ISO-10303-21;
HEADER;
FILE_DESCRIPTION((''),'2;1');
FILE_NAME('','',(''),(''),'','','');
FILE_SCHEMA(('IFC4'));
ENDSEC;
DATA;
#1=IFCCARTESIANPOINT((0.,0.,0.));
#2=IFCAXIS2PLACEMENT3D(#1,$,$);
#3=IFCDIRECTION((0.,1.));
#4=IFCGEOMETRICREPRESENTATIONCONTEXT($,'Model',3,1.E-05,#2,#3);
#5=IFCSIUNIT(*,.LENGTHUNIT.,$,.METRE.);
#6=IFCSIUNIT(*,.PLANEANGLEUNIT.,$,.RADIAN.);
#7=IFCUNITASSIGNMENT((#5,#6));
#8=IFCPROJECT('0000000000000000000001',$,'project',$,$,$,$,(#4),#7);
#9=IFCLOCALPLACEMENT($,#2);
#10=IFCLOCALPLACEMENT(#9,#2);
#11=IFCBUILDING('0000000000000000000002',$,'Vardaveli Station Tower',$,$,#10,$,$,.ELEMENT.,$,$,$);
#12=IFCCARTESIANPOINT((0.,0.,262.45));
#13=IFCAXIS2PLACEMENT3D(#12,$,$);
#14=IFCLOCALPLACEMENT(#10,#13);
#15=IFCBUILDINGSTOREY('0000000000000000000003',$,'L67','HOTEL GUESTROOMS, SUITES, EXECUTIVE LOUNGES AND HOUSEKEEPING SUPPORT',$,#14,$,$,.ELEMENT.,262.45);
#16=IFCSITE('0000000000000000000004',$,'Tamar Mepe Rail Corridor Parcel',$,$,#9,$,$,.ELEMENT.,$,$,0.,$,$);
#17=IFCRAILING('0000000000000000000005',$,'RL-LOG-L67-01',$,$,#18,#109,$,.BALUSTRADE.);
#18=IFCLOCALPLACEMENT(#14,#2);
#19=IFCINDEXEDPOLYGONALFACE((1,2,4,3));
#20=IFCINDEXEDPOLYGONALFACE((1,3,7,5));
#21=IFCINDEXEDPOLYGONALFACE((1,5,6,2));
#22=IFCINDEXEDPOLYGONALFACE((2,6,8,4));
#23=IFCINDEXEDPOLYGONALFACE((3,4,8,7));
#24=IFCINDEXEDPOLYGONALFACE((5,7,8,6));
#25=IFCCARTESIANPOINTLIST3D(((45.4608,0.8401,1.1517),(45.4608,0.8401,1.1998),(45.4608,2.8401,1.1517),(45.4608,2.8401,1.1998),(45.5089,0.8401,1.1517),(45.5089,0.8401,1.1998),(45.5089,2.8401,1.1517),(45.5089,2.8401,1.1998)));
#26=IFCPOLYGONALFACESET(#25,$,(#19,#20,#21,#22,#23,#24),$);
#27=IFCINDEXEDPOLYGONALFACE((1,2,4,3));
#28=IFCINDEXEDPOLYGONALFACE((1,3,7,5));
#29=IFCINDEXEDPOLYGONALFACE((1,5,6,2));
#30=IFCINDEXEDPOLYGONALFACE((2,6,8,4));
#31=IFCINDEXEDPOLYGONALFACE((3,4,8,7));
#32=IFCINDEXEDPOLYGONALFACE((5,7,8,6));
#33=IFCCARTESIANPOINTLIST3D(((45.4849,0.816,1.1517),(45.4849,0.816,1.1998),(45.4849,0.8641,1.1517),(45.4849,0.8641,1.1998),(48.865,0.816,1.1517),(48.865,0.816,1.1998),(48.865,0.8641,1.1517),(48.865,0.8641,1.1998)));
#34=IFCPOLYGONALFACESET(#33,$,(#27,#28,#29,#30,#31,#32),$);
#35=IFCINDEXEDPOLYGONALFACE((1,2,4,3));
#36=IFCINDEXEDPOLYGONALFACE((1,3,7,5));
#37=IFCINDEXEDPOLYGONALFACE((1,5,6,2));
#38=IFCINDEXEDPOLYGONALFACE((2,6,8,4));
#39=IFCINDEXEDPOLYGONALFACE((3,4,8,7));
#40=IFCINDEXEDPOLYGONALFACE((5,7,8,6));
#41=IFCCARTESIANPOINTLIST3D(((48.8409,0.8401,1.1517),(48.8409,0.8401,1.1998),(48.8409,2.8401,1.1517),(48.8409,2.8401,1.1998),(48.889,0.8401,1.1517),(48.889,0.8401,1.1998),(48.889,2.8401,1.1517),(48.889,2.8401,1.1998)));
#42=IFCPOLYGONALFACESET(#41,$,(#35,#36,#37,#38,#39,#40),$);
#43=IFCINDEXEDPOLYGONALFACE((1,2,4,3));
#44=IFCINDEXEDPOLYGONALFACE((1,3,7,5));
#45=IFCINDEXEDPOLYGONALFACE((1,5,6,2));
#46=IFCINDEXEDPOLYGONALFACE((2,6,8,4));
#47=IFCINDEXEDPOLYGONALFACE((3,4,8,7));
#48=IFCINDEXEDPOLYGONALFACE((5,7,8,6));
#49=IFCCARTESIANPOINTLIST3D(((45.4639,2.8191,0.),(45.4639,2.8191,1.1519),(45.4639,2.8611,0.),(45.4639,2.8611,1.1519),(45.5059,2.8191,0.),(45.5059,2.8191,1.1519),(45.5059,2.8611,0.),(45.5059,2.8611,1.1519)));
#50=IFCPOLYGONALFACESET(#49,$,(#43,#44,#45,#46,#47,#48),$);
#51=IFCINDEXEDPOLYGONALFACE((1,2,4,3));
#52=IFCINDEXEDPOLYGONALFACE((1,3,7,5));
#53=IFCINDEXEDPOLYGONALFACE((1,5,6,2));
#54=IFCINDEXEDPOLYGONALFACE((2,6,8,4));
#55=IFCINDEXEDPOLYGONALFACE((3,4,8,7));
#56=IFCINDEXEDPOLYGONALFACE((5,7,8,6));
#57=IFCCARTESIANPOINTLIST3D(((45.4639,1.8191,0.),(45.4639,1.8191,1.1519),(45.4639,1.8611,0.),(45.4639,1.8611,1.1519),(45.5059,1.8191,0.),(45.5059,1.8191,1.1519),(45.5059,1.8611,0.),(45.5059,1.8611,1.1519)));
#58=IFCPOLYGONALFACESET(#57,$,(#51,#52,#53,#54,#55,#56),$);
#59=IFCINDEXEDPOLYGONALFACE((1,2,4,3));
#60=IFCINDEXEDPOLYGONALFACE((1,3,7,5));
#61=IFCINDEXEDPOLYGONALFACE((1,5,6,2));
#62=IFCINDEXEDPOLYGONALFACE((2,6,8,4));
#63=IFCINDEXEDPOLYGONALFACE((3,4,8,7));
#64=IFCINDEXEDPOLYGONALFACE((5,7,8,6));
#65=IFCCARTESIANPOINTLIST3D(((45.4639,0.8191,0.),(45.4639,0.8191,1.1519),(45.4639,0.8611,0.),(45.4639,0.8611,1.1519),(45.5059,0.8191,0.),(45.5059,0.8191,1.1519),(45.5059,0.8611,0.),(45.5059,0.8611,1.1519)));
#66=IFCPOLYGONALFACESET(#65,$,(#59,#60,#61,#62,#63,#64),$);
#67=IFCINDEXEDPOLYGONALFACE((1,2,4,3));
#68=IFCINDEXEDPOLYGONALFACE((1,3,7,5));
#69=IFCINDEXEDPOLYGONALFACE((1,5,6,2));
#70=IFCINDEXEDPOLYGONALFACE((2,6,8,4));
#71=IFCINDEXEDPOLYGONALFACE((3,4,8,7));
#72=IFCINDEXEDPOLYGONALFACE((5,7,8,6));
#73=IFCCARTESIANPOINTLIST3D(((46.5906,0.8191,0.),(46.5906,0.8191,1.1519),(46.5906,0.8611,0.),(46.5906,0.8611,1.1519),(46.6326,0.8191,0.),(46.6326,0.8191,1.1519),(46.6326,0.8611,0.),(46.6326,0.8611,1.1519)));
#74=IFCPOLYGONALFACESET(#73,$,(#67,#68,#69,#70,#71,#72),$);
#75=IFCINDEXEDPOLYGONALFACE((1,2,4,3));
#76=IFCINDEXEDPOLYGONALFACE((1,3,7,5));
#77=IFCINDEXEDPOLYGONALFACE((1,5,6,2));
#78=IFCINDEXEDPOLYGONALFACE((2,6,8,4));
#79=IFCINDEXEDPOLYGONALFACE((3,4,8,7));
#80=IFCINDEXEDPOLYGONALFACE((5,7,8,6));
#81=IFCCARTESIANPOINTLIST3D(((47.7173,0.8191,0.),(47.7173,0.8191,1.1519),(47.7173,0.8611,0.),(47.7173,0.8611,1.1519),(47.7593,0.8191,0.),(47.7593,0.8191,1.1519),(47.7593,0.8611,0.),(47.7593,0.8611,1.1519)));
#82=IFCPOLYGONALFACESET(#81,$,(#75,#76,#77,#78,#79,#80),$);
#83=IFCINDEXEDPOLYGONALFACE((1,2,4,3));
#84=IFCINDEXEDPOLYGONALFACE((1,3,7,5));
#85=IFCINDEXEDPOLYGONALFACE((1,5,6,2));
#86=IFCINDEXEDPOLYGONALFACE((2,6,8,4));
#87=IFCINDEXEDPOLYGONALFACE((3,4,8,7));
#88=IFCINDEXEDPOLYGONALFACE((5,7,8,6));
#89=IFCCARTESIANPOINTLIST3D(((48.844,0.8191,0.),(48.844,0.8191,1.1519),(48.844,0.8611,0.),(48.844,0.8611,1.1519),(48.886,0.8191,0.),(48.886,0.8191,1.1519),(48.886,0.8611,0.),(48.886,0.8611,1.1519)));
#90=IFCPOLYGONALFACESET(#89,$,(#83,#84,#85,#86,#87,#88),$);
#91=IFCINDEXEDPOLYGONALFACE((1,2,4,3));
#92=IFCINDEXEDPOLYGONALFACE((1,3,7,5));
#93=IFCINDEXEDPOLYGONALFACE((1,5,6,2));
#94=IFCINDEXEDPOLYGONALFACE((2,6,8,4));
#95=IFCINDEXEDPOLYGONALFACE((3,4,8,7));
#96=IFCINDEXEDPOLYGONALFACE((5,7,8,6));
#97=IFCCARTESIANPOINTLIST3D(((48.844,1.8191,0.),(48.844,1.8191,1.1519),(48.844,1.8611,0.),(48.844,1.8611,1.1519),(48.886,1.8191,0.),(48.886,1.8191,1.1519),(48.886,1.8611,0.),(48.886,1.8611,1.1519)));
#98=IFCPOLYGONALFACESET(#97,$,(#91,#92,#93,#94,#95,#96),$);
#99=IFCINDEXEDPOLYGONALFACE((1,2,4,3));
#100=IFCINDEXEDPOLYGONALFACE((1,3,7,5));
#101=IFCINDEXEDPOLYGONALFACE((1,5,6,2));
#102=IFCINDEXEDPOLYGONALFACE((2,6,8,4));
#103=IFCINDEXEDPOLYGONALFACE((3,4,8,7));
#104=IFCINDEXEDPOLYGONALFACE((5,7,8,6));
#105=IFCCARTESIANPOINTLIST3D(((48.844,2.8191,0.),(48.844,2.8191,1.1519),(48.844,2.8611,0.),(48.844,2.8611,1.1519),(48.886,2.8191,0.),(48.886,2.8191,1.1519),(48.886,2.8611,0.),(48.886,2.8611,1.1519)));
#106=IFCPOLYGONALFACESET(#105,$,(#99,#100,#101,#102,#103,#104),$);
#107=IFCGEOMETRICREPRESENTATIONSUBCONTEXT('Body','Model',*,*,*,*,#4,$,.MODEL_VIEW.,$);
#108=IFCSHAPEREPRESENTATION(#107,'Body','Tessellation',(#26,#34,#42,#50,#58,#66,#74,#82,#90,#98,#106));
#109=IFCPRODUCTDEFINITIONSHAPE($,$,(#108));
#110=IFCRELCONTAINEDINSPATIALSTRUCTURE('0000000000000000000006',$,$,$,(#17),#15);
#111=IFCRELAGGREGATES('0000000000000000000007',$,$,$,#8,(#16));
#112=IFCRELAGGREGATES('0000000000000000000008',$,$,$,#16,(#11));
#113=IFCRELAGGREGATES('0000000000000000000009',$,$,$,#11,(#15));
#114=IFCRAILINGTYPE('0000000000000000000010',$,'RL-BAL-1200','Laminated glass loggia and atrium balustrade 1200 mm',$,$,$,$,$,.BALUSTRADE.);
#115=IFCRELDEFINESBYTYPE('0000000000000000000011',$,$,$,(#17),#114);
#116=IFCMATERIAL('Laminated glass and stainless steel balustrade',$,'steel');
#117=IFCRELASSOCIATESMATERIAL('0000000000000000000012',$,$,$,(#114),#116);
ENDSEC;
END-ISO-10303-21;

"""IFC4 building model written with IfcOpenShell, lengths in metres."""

from ifc_helpers import new_model, si_unit, direction, frame, origin, origin_2d, place, context, subcontext, project, spatial, rectangle, extrude, source, transform, mapped, material, type_object, element, save


model = new_model("IFC4")

# Units and contexts
model_context = context("Model", 3, precision=1e-05, world=origin(), true_north=direction((0.0, 1.0)))
body_context = subcontext(model_context, "Body", "Model", "MODEL_VIEW")
ifc_project = project(units=[si_unit("LENGTHUNIT", "METRE"), si_unit("PLANEANGLEUNIT", "RADIAN")], contexts=[model_context])

# Site, building, storey
site_placement = place(None, origin())
site = spatial("IfcSite", under=ifc_project, at=site_placement, Name="Tamar Mepe Rail Corridor Parcel", CompositionType="ELEMENT", RefElevation=0.0)
building_placement = place(site_placement, origin())
building = spatial("IfcBuilding", under=site, at=building_placement, Name="Vardaveli Station Tower", CompositionType="ELEMENT")
storey_placement = place(building_placement, frame((0.0, 0.0, 262.45)))
storey = spatial("IfcBuildingStorey", under=building, at=storey_placement, Name="L67", Description="HOTEL GUESTROOMS, SUITES, EXECUTIVE LOUNGES AND HOUSEKEEPING SUPPORT", CompositionType="ELEMENT", Elevation=262.45)

# Railing
ifc_material_1 = material(Name="Laminated glass and stainless steel balustrade", Category="steel")
railing_type = type_object("IfcRailingType", Name="RL-BAL-1200", Description="Laminated glass loggia and atrium balustrade 1200 mm", PredefinedType="BALUSTRADE", material=ifc_material_1)
shared_shape_1 = source(origin(), body_context, "Body", "SweptSolid", [
    extrude(rectangle(XDim=0.0481, YDim=0.0481, at=origin_2d()), frame((0.0, 0.0, 1.1758), z_axis=(0.0, -1.0, 0.0), x_axis=(1.0, 0.0, 0.0)), (0.0, 0.0, 1.0), 2.0),
    extrude(rectangle(XDim=0.0481, YDim=0.0481, at=origin_2d()), frame((0.0, -2.0, 1.1758), z_axis=(1.0, 0.0, 0.0), x_axis=(0.0, 1.0, 0.0)), (0.0, 0.0, 1.0), 3.3801),
    extrude(rectangle(XDim=0.0481, YDim=0.0481, at=origin_2d()), frame((3.3801, -2.0, 1.1758), z_axis=(0.0, 1.0, 0.0), x_axis=(-1.0, 0.0, 0.0)), (0.0, 0.0, 1.0), 2.0),
    extrude(rectangle(XDim=0.042, YDim=0.042, at=origin_2d()), origin(), (0.0, 0.0, 1.0), 1.1519),
    extrude(rectangle(XDim=0.042, YDim=0.042, at=origin_2d()), frame((0.0, -1.0, 0.0)), (0.0, 0.0, 1.0), 1.1519),
    extrude(rectangle(XDim=0.042, YDim=0.042, at=origin_2d()), frame((0.0, -2.0, 0.0)), (0.0, 0.0, 1.0), 1.1519),
    extrude(rectangle(XDim=0.042, YDim=0.042, at=origin_2d()), frame((1.1267, -2.0, 0.0)), (0.0, 0.0, 1.0), 1.1519),
    extrude(rectangle(XDim=0.042, YDim=0.042, at=origin_2d()), frame((2.2534, -2.0, 0.0)), (0.0, 0.0, 1.0), 1.1519),
    extrude(rectangle(XDim=0.042, YDim=0.042, at=origin_2d()), frame((3.3801, -2.0, 0.0)), (0.0, 0.0, 1.0), 1.1519),
    extrude(rectangle(XDim=0.042, YDim=0.042, at=origin_2d()), frame((3.3801, -1.0, 0.0)), (0.0, 0.0, 1.0), 1.1519),
    extrude(rectangle(XDim=0.042, YDim=0.042, at=origin_2d()), frame((3.3801, 0.0, 0.0)), (0.0, 0.0, 1.0), 1.1519),
])
railing_placement = place(storey_placement, frame((45.4849, 2.8401, 0.0)))
element("IfcRailing", 1, at=railing_placement, inside=storey, type_object=railing_type, Name="RL-LOG-L67-01", PredefinedType="BALUSTRADE", context=body_context, shape_type="MappedRepresentation", body=[
    mapped(shared_shape_1, transform((0.0, 0.0, 0.0), scale=1.0)),
])

save(model, "model.ifc")
